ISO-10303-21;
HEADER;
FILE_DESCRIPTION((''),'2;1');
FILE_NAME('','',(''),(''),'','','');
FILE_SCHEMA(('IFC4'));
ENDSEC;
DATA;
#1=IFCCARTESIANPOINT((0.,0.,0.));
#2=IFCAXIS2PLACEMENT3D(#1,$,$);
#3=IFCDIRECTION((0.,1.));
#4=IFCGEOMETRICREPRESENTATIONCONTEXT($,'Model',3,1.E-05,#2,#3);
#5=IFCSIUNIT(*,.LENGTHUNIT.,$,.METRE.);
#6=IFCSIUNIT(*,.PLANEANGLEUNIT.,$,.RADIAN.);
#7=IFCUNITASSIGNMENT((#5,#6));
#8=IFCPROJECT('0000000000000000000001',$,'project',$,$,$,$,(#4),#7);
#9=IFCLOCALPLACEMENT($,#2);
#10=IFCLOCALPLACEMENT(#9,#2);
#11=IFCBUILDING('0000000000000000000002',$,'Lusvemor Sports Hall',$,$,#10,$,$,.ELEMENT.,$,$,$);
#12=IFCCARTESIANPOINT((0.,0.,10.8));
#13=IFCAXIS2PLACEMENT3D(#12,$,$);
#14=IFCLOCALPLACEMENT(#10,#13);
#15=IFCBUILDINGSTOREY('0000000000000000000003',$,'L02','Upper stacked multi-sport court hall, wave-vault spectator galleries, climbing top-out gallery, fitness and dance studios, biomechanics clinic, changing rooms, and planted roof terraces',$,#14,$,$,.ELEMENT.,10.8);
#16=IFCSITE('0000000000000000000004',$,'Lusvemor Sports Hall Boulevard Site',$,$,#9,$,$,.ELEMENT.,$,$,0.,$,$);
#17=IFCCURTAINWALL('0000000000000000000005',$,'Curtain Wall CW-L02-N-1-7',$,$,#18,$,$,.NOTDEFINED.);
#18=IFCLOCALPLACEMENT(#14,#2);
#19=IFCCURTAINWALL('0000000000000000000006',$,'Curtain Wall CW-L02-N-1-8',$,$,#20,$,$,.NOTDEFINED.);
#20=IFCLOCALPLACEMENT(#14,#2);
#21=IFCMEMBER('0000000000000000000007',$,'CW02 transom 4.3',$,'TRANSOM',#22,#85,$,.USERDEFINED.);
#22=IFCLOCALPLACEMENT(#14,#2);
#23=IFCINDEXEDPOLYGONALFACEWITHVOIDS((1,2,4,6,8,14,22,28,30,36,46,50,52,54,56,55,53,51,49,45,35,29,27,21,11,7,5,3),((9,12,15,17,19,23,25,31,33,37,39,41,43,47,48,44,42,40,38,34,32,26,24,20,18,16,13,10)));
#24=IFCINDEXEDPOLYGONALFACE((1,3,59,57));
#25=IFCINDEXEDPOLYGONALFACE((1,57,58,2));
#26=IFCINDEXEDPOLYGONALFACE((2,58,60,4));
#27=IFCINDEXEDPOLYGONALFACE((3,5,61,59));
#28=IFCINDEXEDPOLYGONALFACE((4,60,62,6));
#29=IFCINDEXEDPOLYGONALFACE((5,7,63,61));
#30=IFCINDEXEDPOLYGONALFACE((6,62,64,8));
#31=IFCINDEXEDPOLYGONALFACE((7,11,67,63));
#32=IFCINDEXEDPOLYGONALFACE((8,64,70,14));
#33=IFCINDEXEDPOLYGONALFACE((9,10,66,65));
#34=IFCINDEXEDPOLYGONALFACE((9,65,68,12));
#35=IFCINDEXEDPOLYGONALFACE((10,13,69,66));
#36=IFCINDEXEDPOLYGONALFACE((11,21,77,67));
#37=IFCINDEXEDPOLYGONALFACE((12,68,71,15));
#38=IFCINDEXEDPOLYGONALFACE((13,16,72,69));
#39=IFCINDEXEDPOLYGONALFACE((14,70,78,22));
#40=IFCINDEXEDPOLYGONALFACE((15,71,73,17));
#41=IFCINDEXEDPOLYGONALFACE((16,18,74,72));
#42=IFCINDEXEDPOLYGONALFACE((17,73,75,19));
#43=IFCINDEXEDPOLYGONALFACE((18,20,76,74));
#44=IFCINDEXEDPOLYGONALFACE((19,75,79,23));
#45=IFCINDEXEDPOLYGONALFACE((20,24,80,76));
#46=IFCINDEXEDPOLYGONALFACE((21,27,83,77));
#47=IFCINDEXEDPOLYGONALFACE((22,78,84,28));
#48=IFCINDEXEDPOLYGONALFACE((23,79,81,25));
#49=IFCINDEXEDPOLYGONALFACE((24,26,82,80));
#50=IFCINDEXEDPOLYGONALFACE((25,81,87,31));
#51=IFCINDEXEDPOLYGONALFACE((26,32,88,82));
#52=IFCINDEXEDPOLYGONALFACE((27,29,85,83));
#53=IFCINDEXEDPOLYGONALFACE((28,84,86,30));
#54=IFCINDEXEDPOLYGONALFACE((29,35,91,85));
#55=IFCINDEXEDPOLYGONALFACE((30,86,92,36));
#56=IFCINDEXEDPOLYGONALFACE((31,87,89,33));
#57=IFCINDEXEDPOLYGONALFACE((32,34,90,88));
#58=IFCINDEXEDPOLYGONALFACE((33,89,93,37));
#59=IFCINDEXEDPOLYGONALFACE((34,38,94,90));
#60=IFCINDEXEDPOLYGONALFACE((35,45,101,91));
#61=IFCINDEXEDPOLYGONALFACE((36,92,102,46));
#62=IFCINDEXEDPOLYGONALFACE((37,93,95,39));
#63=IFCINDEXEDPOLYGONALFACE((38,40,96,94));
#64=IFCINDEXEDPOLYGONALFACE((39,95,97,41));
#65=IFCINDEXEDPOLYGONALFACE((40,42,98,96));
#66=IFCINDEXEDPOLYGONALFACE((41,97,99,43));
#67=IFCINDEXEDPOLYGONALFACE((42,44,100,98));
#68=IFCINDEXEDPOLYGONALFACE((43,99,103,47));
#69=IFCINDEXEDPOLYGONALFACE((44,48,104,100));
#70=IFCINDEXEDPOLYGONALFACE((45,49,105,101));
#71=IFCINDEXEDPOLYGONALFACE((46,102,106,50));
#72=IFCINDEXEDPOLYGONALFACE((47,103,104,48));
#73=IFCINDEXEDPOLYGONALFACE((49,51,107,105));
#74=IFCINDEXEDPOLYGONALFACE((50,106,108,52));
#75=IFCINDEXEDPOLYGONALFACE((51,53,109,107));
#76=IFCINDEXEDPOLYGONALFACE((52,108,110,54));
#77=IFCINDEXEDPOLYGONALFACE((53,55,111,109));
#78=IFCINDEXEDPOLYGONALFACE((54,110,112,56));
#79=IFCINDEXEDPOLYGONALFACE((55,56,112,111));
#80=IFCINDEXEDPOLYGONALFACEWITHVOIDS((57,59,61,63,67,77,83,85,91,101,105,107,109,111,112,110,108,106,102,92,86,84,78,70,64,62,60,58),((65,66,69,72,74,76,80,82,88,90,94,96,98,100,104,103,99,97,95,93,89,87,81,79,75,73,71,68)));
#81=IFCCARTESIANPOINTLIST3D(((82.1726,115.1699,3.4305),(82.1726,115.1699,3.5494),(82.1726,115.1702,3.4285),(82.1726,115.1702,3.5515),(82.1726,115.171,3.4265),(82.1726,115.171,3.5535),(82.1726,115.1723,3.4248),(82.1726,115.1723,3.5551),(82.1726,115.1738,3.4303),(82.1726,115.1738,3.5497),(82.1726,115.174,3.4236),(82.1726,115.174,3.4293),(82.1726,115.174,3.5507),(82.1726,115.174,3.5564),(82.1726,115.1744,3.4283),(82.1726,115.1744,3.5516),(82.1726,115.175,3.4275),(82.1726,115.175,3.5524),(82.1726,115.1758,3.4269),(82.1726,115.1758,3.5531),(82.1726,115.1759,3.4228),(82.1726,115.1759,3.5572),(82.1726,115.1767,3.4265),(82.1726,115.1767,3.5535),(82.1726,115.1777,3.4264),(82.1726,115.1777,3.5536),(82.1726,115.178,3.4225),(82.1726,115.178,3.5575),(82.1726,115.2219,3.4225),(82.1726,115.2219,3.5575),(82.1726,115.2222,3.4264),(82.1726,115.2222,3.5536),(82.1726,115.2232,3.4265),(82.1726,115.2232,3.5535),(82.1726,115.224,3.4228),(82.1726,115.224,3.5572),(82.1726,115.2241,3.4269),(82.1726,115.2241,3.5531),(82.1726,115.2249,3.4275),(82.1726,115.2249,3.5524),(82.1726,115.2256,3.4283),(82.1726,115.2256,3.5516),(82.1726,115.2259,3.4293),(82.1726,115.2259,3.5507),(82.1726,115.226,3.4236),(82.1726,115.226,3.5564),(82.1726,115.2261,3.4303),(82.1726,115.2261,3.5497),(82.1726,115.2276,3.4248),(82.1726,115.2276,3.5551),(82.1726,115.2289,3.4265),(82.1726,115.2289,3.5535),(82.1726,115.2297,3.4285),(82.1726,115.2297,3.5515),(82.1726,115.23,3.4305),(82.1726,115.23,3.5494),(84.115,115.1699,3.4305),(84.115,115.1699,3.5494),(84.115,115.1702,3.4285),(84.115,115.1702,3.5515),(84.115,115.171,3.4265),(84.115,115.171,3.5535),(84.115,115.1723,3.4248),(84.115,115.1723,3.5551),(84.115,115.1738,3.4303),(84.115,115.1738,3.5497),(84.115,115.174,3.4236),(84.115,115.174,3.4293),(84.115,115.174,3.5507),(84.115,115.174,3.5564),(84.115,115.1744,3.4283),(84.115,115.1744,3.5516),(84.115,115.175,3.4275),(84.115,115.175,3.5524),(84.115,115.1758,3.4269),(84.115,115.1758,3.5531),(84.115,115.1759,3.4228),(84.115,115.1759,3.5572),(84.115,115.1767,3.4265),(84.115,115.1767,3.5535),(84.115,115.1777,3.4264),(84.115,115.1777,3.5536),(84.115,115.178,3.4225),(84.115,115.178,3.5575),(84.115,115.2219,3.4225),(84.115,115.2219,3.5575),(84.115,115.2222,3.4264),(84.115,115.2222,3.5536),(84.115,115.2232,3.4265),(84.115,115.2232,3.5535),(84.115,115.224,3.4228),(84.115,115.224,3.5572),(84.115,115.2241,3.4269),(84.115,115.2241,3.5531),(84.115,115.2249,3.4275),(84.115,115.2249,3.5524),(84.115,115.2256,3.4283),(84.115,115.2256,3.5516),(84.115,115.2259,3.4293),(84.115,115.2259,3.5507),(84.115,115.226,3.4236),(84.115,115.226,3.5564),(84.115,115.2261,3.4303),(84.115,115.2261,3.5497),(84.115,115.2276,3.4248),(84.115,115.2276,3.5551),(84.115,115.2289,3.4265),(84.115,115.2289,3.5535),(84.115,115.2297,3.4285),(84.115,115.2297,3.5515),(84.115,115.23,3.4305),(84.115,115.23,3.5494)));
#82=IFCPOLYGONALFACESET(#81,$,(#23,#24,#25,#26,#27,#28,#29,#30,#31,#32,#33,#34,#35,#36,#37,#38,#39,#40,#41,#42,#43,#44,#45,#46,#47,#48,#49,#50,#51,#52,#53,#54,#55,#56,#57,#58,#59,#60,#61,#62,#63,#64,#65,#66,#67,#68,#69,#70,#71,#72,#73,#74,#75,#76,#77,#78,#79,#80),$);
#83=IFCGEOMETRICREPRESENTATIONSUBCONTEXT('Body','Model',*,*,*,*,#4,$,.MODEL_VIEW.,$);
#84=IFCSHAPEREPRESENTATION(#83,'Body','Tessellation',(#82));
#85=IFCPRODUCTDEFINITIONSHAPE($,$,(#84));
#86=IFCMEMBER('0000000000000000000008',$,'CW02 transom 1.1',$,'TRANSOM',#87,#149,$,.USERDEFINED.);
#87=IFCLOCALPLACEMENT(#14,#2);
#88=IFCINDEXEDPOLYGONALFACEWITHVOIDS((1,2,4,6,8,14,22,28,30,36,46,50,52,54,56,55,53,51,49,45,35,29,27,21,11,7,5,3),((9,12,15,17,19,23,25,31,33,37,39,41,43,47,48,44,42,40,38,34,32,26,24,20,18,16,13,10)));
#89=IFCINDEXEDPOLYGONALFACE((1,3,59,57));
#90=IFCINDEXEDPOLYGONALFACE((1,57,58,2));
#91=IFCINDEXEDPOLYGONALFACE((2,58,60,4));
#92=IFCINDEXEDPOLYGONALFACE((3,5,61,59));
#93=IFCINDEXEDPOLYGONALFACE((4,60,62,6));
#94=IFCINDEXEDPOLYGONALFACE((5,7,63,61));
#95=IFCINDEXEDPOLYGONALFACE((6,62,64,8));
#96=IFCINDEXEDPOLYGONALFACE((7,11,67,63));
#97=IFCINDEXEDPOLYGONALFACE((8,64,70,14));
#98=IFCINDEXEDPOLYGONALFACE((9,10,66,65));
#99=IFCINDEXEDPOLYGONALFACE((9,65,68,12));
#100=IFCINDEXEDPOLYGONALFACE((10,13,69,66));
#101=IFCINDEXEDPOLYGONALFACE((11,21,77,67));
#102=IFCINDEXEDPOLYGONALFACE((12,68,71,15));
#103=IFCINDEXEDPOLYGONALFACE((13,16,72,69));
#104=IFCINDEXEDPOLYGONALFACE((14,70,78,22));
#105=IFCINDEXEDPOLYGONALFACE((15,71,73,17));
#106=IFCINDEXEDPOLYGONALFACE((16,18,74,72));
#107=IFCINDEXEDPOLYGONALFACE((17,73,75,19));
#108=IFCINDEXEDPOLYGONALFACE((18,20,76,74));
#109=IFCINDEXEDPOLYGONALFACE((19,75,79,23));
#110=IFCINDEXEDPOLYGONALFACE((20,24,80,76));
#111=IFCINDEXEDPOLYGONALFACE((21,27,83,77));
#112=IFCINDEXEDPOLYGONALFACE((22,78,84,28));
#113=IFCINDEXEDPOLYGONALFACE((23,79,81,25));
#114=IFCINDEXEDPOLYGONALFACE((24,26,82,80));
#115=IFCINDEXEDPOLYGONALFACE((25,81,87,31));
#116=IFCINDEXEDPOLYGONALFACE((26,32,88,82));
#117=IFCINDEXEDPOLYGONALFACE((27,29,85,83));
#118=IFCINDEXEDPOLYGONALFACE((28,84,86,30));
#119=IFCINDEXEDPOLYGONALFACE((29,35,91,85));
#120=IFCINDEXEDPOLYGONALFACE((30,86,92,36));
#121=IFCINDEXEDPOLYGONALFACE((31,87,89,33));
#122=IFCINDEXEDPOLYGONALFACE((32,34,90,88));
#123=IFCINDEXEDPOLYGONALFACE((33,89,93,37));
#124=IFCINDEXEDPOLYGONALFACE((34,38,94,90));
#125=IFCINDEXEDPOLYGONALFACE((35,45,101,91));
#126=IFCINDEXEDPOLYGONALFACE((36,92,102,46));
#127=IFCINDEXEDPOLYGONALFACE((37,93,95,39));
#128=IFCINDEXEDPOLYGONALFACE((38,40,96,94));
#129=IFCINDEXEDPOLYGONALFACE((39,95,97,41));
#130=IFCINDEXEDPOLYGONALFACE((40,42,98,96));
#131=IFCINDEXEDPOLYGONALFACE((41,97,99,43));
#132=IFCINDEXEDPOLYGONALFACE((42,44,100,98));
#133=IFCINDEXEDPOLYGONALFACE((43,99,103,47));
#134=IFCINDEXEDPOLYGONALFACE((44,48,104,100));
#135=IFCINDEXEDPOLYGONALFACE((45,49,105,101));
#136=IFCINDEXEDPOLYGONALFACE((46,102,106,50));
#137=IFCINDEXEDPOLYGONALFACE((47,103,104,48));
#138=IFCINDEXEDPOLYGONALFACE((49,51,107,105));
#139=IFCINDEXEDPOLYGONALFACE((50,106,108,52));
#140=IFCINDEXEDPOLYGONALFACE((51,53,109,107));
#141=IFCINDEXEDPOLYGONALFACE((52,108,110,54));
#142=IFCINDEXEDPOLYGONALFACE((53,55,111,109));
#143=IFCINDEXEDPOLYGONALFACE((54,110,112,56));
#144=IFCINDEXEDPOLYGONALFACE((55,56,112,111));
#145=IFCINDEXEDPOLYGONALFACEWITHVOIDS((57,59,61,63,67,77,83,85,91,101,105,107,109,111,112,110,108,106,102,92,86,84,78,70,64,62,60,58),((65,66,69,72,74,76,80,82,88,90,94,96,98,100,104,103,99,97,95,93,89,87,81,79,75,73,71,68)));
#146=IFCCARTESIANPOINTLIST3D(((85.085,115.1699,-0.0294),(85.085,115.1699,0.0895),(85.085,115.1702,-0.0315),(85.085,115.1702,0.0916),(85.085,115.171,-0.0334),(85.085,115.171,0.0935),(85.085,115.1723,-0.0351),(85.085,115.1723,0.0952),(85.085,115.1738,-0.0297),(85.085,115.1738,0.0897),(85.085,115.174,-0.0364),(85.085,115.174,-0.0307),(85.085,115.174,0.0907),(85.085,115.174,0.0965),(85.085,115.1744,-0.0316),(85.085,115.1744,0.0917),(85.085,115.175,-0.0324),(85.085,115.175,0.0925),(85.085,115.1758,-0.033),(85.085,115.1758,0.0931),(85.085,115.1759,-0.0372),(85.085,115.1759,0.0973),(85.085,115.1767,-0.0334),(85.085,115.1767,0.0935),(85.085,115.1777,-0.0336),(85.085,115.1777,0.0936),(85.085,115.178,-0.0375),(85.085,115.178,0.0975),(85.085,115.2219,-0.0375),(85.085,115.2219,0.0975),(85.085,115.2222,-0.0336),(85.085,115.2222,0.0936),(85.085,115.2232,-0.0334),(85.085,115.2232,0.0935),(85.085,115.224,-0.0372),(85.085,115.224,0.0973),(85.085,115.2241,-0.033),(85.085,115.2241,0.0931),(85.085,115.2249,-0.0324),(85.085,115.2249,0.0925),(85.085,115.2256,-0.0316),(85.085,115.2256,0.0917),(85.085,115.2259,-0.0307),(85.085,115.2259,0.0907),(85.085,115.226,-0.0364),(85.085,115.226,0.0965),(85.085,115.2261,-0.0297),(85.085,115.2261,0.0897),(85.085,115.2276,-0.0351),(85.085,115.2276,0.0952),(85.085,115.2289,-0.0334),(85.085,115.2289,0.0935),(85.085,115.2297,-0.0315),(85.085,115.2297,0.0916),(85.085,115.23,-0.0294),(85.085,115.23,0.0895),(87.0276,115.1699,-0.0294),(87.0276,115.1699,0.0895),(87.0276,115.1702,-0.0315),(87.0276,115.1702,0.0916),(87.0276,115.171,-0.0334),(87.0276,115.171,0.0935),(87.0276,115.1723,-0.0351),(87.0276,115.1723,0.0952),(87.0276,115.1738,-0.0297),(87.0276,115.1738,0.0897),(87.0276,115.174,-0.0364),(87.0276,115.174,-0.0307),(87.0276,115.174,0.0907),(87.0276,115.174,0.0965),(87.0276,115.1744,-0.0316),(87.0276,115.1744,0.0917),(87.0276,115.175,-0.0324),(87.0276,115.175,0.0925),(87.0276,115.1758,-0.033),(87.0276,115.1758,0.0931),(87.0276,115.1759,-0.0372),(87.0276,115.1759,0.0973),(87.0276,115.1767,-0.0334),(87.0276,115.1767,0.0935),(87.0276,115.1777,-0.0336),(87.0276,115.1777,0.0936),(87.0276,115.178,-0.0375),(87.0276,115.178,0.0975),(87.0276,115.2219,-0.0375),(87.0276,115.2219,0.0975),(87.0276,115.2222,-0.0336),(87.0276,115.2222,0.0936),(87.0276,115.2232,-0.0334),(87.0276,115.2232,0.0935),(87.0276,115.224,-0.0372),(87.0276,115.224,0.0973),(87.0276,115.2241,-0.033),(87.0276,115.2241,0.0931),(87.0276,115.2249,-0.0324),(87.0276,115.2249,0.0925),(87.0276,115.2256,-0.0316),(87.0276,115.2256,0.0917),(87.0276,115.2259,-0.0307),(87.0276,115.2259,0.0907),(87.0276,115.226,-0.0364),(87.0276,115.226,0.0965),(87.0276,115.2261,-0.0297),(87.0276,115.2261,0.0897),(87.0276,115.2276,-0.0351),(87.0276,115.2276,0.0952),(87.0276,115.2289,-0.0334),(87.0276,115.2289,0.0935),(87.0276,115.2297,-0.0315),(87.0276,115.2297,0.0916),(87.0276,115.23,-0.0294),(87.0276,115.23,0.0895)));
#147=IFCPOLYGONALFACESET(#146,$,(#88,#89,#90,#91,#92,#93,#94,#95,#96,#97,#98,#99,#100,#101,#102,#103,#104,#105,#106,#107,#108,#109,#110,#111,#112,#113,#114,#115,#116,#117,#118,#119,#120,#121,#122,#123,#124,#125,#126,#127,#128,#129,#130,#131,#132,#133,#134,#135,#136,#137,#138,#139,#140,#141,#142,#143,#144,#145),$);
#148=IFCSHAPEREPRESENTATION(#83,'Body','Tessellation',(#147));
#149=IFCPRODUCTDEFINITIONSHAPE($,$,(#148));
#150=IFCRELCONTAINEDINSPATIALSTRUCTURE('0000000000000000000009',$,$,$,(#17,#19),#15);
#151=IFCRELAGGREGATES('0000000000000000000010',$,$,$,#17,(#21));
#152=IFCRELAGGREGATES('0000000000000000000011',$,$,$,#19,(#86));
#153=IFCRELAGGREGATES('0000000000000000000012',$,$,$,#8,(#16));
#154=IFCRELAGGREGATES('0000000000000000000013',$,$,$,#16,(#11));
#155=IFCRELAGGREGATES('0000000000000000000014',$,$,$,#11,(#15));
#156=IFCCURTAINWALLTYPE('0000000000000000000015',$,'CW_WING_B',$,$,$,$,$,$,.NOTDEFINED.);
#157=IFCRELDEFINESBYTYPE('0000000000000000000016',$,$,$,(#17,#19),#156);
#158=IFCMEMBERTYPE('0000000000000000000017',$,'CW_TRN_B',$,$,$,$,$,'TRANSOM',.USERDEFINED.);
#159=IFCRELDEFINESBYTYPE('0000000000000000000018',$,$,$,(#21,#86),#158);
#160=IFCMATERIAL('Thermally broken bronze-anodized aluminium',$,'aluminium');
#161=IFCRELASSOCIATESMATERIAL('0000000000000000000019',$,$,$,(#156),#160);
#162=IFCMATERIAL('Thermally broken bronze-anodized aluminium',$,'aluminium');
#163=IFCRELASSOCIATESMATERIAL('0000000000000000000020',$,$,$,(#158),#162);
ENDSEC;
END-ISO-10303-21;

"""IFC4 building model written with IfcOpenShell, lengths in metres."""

from ifc_helpers import new_model, si_unit, direction, frame, origin, origin_2d, place, context, subcontext, project, spatial, hollow_rectangle, extrude, material, material_profile, profile_set, type_object, element, aggregate, save


model = new_model("IFC4")

# Units and contexts
model_context = context("Model", 3, precision=1e-05, world=origin(), true_north=direction((0.0, 1.0)))
body_context = subcontext(model_context, "Body", "Model", "MODEL_VIEW")
ifc_project = project(units=[si_unit("LENGTHUNIT", "METRE"), si_unit("PLANEANGLEUNIT", "RADIAN")], contexts=[model_context])

# Site, building, storey
site_placement = place(None, origin())
site = spatial("IfcSite", under=ifc_project, at=site_placement, Name="Lusvemor Sports Hall Boulevard Site", CompositionType="ELEMENT", RefElevation=0.0)
building_placement = place(site_placement, origin())
building = spatial("IfcBuilding", under=site, at=building_placement, Name="Lusvemor Sports Hall", CompositionType="ELEMENT")
storey_placement = place(building_placement, frame((0.0, 0.0, 10.8)))
storey = spatial("IfcBuildingStorey", under=building, at=storey_placement, Name="L02", Description="Upper stacked multi-sport court hall, wave-vault spectator galleries, climbing top-out gallery, fitness and dance studios, biomechanics clinic, changing rooms, and planted roof terraces", CompositionType="ELEMENT", Elevation=10.8)

# Curtain walls
ifc_material_1 = material(Name="Thermally broken bronze-anodized aluminium", Category="aluminium")
curtain_wall_type = type_object("IfcCurtainWallType", Name="CW_WING_B", PredefinedType="NOTDEFINED", material=ifc_material_1)
curtain_wall_1_placement = place(storey_placement, origin())
curtain_wall_1 = element("IfcCurtainWall", 1, at=curtain_wall_1_placement, inside=storey, type_object=curtain_wall_type, Name="Curtain Wall CW-L02-N-1-7", PredefinedType="NOTDEFINED")
curtain_wall_2_placement = place(storey_placement, origin())
curtain_wall_2 = element("IfcCurtainWall", 2, at=curtain_wall_2_placement, inside=storey, type_object=curtain_wall_type, Name="Curtain Wall CW-L02-N-1-8", PredefinedType="NOTDEFINED")

# Members
ifc_material_2 = material(Name="Thermally broken bronze-anodized aluminium", Category="aluminium")
ifc_material_profile_1 = material_profile(ifc_material_2, hollow_rectangle(XDim=0.0601, YDim=0.135, WallThickness=0.0039, InnerFilletRadius=0.0039, OuterFilletRadius=0.0081, at=origin_2d()), Name="CWTRN135x60x4")
ifc_profile_set_1 = profile_set([ifc_material_profile_1], Name="Thermally broken bronze-anodized aluminium")
member_type_1 = type_object("IfcMemberType", Name="CW_TRN_B", ElementType="TRANSOM", PredefinedType="USERDEFINED", material=ifc_profile_set_1)
member_1_placement = place(storey_placement, frame((82.1726, 115.2, 3.49), z_axis=(1.0, 0.0, 0.0), x_axis=(0.0, 1.0, 0.0)))
member_1 = element("IfcMember", 3, at=member_1_placement, type_object=member_type_1, Name="CW02 transom 4.3", ObjectType="TRANSOM", PredefinedType="USERDEFINED", context=body_context, shape_type="SweptSolid", body=[
    extrude(hollow_rectangle(XDim=0.0601, YDim=0.135, WallThickness=0.0039, InnerFilletRadius=0.0039, OuterFilletRadius=0.0081, at=origin_2d()), origin(), (0.0, 0.0, 1.0), 1.9424),
])
member_2_placement = place(storey_placement, frame((85.085, 115.2, 0.03), z_axis=(1.0, 0.0, 0.0), x_axis=(0.0, 1.0, 0.0)))
member_2 = element("IfcMember", 4, at=member_2_placement, type_object=member_type_1, Name="CW02 transom 1.1", ObjectType="TRANSOM", PredefinedType="USERDEFINED", context=body_context, shape_type="SweptSolid", body=[
    extrude(hollow_rectangle(XDim=0.0601, YDim=0.135, WallThickness=0.0039, InnerFilletRadius=0.0039, OuterFilletRadius=0.0081, at=origin_2d()), origin(), (0.0, 0.0, 1.0), 1.9426),
])

aggregate(curtain_wall_1, [member_1])
aggregate(curtain_wall_2, [member_2])

save(model, "model.ifc")
